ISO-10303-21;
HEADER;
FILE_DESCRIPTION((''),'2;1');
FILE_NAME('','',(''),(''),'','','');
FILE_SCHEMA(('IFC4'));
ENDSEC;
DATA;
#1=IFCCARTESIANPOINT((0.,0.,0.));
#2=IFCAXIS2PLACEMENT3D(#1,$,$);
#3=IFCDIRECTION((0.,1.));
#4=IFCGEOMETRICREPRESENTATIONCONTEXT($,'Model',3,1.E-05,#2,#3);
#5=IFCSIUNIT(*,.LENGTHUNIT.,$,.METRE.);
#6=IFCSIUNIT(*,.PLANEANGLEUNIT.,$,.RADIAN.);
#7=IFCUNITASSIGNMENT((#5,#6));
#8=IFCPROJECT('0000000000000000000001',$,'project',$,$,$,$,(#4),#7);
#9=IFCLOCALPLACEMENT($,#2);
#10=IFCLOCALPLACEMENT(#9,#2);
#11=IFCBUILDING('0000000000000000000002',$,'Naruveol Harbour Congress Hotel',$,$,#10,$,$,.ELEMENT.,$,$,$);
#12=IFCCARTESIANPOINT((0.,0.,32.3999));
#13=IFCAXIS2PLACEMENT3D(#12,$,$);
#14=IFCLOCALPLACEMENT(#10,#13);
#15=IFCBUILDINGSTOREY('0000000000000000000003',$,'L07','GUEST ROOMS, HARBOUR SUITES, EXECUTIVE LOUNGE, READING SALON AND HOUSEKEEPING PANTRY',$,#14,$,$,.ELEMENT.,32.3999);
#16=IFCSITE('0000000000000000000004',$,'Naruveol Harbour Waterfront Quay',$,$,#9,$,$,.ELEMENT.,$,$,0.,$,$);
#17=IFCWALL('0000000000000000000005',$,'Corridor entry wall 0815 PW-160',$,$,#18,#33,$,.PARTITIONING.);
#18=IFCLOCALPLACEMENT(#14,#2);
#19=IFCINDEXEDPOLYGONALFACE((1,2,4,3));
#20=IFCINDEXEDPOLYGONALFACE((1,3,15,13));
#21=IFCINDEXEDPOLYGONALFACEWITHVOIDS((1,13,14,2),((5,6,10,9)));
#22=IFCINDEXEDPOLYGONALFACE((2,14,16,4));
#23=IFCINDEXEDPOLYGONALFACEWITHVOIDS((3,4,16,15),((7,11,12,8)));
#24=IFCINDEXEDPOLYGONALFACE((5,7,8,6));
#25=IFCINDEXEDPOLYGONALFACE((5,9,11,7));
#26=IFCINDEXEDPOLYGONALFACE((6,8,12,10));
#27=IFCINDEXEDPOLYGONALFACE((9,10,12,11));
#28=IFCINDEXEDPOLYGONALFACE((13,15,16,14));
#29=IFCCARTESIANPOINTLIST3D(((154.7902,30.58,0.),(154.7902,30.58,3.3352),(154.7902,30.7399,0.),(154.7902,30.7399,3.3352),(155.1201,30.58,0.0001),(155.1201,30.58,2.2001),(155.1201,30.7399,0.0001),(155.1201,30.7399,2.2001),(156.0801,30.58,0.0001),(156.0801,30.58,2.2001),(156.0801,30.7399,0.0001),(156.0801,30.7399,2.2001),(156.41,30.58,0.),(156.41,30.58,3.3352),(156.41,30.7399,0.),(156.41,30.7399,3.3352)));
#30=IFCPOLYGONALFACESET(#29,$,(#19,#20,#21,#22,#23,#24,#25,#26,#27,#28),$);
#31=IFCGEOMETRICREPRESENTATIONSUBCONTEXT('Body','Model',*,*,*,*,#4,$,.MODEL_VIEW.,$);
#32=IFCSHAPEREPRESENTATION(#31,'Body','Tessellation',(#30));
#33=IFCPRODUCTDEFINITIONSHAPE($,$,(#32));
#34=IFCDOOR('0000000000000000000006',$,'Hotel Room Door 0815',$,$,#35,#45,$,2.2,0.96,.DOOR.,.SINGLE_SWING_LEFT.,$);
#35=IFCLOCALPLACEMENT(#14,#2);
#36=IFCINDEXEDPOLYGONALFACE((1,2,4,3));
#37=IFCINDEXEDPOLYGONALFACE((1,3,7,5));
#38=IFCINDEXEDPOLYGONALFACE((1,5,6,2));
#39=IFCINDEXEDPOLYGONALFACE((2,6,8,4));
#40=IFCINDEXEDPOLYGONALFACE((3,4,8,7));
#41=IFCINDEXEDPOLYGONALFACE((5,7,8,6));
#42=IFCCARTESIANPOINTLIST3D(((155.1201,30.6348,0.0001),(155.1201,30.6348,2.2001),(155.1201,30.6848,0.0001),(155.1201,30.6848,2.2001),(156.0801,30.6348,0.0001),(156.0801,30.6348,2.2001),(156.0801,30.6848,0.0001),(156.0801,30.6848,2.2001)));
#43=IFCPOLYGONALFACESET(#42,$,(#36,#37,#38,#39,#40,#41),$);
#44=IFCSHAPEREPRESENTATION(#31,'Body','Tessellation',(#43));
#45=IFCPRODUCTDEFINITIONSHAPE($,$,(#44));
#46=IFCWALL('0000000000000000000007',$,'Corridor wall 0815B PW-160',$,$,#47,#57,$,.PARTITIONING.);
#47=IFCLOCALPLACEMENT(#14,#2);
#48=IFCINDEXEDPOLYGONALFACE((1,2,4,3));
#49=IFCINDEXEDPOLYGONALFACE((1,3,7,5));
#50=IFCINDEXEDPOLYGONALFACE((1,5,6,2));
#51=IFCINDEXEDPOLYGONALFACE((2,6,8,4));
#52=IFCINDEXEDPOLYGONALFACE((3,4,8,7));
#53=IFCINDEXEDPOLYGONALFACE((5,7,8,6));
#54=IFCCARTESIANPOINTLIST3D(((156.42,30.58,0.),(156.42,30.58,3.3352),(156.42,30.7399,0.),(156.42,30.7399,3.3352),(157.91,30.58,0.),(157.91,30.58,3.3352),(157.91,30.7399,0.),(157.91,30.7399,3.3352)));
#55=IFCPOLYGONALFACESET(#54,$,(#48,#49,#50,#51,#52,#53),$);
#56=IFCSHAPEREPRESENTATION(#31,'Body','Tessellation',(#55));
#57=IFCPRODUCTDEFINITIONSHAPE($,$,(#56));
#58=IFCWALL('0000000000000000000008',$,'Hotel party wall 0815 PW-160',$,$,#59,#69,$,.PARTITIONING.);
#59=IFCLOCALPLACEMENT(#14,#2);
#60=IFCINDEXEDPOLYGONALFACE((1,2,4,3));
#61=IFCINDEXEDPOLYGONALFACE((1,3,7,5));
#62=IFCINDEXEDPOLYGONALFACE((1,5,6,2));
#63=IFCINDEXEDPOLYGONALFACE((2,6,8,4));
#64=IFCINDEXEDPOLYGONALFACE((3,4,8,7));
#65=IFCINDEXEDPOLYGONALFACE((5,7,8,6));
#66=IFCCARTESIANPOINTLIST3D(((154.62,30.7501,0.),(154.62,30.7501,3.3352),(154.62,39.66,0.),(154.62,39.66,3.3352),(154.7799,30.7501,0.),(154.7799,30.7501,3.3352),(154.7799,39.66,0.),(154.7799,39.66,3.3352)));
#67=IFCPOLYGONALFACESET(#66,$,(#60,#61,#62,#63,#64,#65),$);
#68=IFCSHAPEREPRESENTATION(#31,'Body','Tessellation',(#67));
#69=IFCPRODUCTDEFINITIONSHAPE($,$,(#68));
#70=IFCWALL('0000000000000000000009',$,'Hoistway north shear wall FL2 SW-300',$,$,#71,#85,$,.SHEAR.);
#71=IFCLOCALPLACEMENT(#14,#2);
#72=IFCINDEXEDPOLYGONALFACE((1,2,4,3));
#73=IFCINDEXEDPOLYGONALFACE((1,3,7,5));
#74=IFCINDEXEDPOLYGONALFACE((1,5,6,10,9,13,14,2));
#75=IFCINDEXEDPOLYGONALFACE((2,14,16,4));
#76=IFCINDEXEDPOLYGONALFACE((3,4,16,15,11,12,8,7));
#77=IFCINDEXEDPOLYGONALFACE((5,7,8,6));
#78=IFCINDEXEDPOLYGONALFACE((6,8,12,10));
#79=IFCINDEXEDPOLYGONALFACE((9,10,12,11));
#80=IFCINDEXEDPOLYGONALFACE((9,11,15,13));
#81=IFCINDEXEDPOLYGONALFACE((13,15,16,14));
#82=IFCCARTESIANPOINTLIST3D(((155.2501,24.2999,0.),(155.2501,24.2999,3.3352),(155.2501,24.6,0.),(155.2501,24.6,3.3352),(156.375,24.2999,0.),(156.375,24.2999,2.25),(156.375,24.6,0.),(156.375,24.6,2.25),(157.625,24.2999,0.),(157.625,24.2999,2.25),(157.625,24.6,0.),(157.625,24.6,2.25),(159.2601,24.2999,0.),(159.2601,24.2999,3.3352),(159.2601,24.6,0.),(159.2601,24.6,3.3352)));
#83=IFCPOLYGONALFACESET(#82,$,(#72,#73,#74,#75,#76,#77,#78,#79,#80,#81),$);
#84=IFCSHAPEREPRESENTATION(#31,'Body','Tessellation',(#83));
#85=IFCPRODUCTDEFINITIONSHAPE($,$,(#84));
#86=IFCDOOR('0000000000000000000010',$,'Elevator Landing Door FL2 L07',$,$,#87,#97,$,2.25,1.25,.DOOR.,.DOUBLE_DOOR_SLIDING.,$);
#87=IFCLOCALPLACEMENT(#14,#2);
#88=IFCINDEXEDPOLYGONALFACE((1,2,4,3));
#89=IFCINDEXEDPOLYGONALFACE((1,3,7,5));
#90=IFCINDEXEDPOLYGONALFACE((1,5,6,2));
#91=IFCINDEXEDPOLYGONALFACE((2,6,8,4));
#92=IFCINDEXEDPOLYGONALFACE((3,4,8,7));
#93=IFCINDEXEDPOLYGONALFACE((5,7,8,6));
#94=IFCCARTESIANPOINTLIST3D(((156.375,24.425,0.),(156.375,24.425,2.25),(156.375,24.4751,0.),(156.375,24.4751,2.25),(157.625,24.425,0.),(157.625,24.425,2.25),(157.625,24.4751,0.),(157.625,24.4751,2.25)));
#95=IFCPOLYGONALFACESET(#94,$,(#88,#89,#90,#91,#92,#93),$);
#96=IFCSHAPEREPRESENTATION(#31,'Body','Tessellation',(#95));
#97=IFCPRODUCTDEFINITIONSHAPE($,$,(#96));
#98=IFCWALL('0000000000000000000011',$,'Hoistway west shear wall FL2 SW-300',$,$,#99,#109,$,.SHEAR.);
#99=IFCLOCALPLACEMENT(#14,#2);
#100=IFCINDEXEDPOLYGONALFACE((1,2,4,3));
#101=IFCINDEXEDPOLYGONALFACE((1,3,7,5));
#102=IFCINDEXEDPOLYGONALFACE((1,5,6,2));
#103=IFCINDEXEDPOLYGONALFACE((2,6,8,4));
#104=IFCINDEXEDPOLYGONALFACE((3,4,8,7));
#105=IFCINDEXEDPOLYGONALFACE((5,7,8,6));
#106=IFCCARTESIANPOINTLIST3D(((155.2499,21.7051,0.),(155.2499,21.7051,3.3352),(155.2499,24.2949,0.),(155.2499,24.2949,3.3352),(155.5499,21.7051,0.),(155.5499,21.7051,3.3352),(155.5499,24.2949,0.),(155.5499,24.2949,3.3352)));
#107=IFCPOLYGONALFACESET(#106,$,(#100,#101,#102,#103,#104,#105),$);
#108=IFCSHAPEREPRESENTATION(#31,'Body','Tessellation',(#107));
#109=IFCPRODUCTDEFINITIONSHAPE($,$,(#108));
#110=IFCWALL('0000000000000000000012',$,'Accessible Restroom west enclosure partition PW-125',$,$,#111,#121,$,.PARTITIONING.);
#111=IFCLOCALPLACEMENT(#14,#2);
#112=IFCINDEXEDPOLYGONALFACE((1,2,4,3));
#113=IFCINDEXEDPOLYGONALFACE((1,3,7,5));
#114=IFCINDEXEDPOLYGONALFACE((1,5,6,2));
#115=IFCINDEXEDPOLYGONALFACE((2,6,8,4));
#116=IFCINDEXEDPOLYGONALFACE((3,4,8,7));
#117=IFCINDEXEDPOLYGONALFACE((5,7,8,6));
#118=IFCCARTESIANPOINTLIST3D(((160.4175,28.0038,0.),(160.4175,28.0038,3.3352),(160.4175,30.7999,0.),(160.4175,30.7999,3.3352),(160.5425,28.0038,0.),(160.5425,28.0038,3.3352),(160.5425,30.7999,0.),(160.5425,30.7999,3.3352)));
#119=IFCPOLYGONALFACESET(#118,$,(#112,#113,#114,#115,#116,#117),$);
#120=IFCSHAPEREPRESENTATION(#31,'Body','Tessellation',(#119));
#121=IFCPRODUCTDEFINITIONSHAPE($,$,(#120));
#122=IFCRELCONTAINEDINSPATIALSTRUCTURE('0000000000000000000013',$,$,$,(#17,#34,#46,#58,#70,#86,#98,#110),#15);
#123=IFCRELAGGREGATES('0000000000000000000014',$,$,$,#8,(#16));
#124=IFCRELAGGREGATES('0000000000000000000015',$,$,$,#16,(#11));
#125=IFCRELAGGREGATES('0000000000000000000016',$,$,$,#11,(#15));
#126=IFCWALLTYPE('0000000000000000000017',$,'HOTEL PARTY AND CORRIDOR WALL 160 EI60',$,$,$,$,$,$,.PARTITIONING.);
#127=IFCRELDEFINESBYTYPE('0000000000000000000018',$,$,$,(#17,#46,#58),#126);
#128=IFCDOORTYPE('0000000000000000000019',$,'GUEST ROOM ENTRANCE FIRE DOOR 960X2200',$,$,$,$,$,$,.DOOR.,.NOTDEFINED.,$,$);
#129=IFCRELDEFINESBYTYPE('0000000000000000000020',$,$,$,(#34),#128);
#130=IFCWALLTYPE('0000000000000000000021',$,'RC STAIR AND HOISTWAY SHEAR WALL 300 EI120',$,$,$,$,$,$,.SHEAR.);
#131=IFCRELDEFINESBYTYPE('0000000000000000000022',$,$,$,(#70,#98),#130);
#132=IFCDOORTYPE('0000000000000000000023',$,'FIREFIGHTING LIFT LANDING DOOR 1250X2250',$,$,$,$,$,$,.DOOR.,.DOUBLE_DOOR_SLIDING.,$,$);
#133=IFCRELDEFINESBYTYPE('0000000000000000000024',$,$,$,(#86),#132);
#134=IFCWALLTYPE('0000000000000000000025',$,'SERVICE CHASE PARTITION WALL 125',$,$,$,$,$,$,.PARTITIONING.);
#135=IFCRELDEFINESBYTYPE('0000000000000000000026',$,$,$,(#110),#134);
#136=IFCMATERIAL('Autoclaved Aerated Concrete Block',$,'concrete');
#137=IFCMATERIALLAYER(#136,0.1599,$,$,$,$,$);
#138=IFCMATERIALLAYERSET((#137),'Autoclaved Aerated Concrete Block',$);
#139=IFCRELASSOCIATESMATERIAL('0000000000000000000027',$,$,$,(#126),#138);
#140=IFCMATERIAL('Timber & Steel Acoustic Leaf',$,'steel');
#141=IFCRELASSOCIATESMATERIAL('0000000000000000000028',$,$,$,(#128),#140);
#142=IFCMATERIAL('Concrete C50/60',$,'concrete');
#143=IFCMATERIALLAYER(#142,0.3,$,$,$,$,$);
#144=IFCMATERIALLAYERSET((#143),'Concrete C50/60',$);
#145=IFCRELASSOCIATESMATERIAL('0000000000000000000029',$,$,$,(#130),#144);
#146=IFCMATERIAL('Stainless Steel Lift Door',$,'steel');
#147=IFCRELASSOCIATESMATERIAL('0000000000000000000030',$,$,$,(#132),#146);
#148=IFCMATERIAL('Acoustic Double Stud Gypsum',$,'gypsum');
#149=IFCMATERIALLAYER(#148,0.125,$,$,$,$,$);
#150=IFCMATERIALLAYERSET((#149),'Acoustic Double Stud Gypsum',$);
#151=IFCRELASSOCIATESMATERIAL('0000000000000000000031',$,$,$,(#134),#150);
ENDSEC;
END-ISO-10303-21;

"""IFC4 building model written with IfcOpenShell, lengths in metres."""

from ifc_helpers import new_model, si_unit, direction, frame, frame_2d, origin, place, context, subcontext, project, spatial, rectangle, extrude, material, layer, layer_set, type_object, element, fill, save


model = new_model("IFC4")

# Units and contexts
model_context = context("Model", 3, precision=1e-05, world=origin(), true_north=direction((0.0, 1.0)))
body_context = subcontext(model_context, "Body", "Model", "MODEL_VIEW")
ifc_project = project(units=[si_unit("LENGTHUNIT", "METRE"), si_unit("PLANEANGLEUNIT", "RADIAN")], contexts=[model_context])

# Site, building, storey
site_placement = place(None, origin())
site = spatial("IfcSite", under=ifc_project, at=site_placement, Name="Naruveol Harbour Waterfront Quay", CompositionType="ELEMENT", RefElevation=0.0)
building_placement = place(site_placement, origin())
building = spatial("IfcBuilding", under=site, at=building_placement, Name="Naruveol Harbour Congress Hotel", CompositionType="ELEMENT")
storey_placement = place(building_placement, frame((0.0, 0.0, 32.3999)))
storey = spatial("IfcBuildingStorey", under=building, at=storey_placement, Name="L07", Description="GUEST ROOMS, HARBOUR SUITES, EXECUTIVE LOUNGE, READING SALON AND HOUSEKEEPING PANTRY", CompositionType="ELEMENT", Elevation=32.3999)

# Wall, opening, door
ifc_material_1 = material(Name="Autoclaved Aerated Concrete Block", Category="concrete")
ifc_layer_1 = layer(ifc_material_1, 0.1599)
ifc_layer_set_1 = layer_set([ifc_layer_1], Name="Autoclaved Aerated Concrete Block")
wall_type_1 = type_object("IfcWallType", Name="HOTEL PARTY AND CORRIDOR WALL 160 EI60", PredefinedType="PARTITIONING", material=ifc_layer_set_1)
wall_1_placement = place(storey_placement, frame((154.79, 30.6599, 0.0), z_axis=(0.0, 0.0, 1.0), x_axis=(1.0, 0.0, 0.0)))
wall_1 = element("IfcWall", 1, at=wall_1_placement, inside=storey, type_object=wall_type_1, Name="Corridor entry wall 0815 PW-160", PredefinedType="PARTITIONING", context=body_context, shape_type="SweptSolid", body=[
    extrude(rectangle(XDim=1.6199, YDim=0.1599, at=frame_2d((0.8101, 0.0))), origin(), (0.0, 0.0, 1.0), 3.3352),
])
opening_1_placement = place(wall_1_placement, frame((0.3301, 0.0, 0.0)))
opening_1 = element("IfcOpeningElement", 2, at=opening_1_placement, cuts=wall_1, PredefinedType="OPENING", context=body_context, shape_type="SweptSolid", body=[
    extrude(rectangle(XDim=0.96, YDim=2.2, at=frame_2d((0.48, 1.1001))), frame((0.0, 0.0898, 0.0), z_axis=(0.0, -1.0, 0.0), x_axis=(1.0, 0.0, 0.0)), (0.0, 0.0, 1.0), 0.1799),
])
ifc_material_2 = material(Name="Timber & Steel Acoustic Leaf", Category="steel")
door_type_1 = type_object("IfcDoorType", Name="GUEST ROOM ENTRANCE FIRE DOOR 960X2200", OperationType="NOTDEFINED", PredefinedType="DOOR", material=ifc_material_2)
door_1_placement = place(opening_1_placement, origin())
door_1 = element("IfcDoor", 3, at=door_1_placement, inside=storey, type_object=door_type_1, Name="Hotel Room Door 0815", OperationType="SINGLE_SWING_LEFT", OverallHeight=2.2, OverallWidth=0.96, PredefinedType="DOOR", context=body_context, shape_type="SweptSolid", body=[
    extrude(rectangle(XDim=0.96, YDim=2.2, at=frame_2d((0.48, 1.1001))), frame((0.0, 0.0249, 0.0), z_axis=(0.0, -1.0, 0.0), x_axis=(1.0, 0.0, 0.0)), (0.0, 0.0, 1.0), 0.05),
])
fill(opening_1, door_1)

# Walls
wall_2_placement = place(storey_placement, frame((156.4199, 30.6599, 0.0), z_axis=(0.0, 0.0, 1.0), x_axis=(1.0, 0.0, 0.0)))
element("IfcWall", 4, at=wall_2_placement, inside=storey, type_object=wall_type_1, Name="Corridor wall 0815B PW-160", PredefinedType="PARTITIONING", context=body_context, shape_type="SweptSolid", body=[
    extrude(rectangle(XDim=1.49, YDim=0.1599, at=frame_2d((0.7451, 0.0))), origin(), (0.0, 0.0, 1.0), 3.3352),
])
wall_3_placement = place(storey_placement, frame((154.7, 30.75, 0.0), z_axis=(0.0, 0.0, 1.0), x_axis=(0.0, 1.0, 0.0)))
element("IfcWall", 5, at=wall_3_placement, inside=storey, type_object=wall_type_1, Name="Hotel party wall 0815 PW-160", PredefinedType="PARTITIONING", context=body_context, shape_type="SweptSolid", body=[
    extrude(rectangle(XDim=8.9099, YDim=0.1599, at=frame_2d((4.4551, 0.0))), origin(), (0.0, 0.0, 1.0), 3.3352),
])

# Wall, opening, door
ifc_material_3 = material(Name="Concrete C50/60", Category="concrete")
ifc_layer_2 = layer(ifc_material_3, 0.3)
ifc_layer_set_2 = layer_set([ifc_layer_2], Name="Concrete C50/60")
wall_type_2 = type_object("IfcWallType", Name="RC STAIR AND HOISTWAY SHEAR WALL 300 EI120", PredefinedType="SHEAR", material=ifc_layer_set_2)
wall_4_placement = place(storey_placement, frame((159.26, 24.45, 0.0), z_axis=(0.0, 0.0, 1.0), x_axis=(-1.0, 0.0, 0.0)))
wall_4 = element("IfcWall", 6, at=wall_4_placement, inside=storey, type_object=wall_type_2, Name="Hoistway north shear wall FL2 SW-300", PredefinedType="SHEAR", context=body_context, shape_type="SweptSolid", body=[
    extrude(rectangle(XDim=4.01, YDim=0.3, at=frame_2d((2.0049, 0.0))), origin(), (0.0, 0.0, 1.0), 3.3352),
])
opening_2_placement = place(wall_4_placement, frame((1.635, 0.0, 0.0)))
opening_2 = element("IfcOpeningElement", 7, at=opening_2_placement, cuts=wall_4, PredefinedType="OPENING", context=body_context, shape_type="SweptSolid", body=[
    extrude(rectangle(XDim=1.25, YDim=2.25, at=frame_2d((0.625, 1.125))), frame((0.0, 0.1599, 0.0), z_axis=(0.0, -1.0, 0.0), x_axis=(1.0, 0.0, 0.0)), (0.0, 0.0, 1.0), 0.3201),
])
ifc_material_4 = material(Name="Stainless Steel Lift Door", Category="steel")
door_type_2 = type_object("IfcDoorType", Name="FIREFIGHTING LIFT LANDING DOOR 1250X2250", OperationType="DOUBLE_DOOR_SLIDING", PredefinedType="DOOR", material=ifc_material_4)
door_2_placement = place(opening_2_placement, origin())
door_2 = element("IfcDoor", 8, at=door_2_placement, inside=storey, type_object=door_type_2, Name="Elevator Landing Door FL2 L07", OperationType="DOUBLE_DOOR_SLIDING", OverallHeight=2.25, OverallWidth=1.25, PredefinedType="DOOR", context=body_context, shape_type="SweptSolid", body=[
    extrude(rectangle(XDim=1.25, YDim=2.25, at=frame_2d((0.625, 1.125))), frame((0.0, 0.0249, 0.0), z_axis=(0.0, -1.0, 0.0), x_axis=(1.0, 0.0, 0.0)), (0.0, 0.0, 1.0), 0.05),
])
fill(opening_2, door_2)

# Walls
wall_5_placement = place(storey_placement, frame((155.3999, 24.2949, 0.0), z_axis=(0.0, 0.0, 1.0), x_axis=(0.0, -1.0, 0.0)))
element("IfcWall", 9, at=wall_5_placement, inside=storey, type_object=wall_type_2, Name="Hoistway west shear wall FL2 SW-300", PredefinedType="SHEAR", context=body_context, shape_type="SweptSolid", body=[
    extrude(rectangle(XDim=2.5898, YDim=0.3, at=frame_2d((1.2949, 0.0))), origin(), (0.0, 0.0, 1.0), 3.3352),
])
ifc_material_5 = material(Name="Acoustic Double Stud Gypsum", Category="gypsum")
ifc_layer_3 = layer(ifc_material_5, 0.125)
ifc_layer_set_3 = layer_set([ifc_layer_3], Name="Acoustic Double Stud Gypsum")
wall_type_3 = type_object("IfcWallType", Name="SERVICE CHASE PARTITION WALL 125", PredefinedType="PARTITIONING", material=ifc_layer_set_3)
wall_6_placement = place(storey_placement, frame((160.48, 28.0039, 0.0), z_axis=(0.0, 0.0, 1.0), x_axis=(0.0, 1.0, 0.0)))
element("IfcWall", 10, at=wall_6_placement, inside=storey, type_object=wall_type_3, Name="Accessible Restroom west enclosure partition PW-125", PredefinedType="PARTITIONING", context=body_context, shape_type="SweptSolid", body=[
    extrude(rectangle(XDim=2.7961, YDim=0.125, at=frame_2d((1.3979, 0.0))), origin(), (0.0, 0.0, 1.0), 3.3352),
])

save(model, "model.ifc")
